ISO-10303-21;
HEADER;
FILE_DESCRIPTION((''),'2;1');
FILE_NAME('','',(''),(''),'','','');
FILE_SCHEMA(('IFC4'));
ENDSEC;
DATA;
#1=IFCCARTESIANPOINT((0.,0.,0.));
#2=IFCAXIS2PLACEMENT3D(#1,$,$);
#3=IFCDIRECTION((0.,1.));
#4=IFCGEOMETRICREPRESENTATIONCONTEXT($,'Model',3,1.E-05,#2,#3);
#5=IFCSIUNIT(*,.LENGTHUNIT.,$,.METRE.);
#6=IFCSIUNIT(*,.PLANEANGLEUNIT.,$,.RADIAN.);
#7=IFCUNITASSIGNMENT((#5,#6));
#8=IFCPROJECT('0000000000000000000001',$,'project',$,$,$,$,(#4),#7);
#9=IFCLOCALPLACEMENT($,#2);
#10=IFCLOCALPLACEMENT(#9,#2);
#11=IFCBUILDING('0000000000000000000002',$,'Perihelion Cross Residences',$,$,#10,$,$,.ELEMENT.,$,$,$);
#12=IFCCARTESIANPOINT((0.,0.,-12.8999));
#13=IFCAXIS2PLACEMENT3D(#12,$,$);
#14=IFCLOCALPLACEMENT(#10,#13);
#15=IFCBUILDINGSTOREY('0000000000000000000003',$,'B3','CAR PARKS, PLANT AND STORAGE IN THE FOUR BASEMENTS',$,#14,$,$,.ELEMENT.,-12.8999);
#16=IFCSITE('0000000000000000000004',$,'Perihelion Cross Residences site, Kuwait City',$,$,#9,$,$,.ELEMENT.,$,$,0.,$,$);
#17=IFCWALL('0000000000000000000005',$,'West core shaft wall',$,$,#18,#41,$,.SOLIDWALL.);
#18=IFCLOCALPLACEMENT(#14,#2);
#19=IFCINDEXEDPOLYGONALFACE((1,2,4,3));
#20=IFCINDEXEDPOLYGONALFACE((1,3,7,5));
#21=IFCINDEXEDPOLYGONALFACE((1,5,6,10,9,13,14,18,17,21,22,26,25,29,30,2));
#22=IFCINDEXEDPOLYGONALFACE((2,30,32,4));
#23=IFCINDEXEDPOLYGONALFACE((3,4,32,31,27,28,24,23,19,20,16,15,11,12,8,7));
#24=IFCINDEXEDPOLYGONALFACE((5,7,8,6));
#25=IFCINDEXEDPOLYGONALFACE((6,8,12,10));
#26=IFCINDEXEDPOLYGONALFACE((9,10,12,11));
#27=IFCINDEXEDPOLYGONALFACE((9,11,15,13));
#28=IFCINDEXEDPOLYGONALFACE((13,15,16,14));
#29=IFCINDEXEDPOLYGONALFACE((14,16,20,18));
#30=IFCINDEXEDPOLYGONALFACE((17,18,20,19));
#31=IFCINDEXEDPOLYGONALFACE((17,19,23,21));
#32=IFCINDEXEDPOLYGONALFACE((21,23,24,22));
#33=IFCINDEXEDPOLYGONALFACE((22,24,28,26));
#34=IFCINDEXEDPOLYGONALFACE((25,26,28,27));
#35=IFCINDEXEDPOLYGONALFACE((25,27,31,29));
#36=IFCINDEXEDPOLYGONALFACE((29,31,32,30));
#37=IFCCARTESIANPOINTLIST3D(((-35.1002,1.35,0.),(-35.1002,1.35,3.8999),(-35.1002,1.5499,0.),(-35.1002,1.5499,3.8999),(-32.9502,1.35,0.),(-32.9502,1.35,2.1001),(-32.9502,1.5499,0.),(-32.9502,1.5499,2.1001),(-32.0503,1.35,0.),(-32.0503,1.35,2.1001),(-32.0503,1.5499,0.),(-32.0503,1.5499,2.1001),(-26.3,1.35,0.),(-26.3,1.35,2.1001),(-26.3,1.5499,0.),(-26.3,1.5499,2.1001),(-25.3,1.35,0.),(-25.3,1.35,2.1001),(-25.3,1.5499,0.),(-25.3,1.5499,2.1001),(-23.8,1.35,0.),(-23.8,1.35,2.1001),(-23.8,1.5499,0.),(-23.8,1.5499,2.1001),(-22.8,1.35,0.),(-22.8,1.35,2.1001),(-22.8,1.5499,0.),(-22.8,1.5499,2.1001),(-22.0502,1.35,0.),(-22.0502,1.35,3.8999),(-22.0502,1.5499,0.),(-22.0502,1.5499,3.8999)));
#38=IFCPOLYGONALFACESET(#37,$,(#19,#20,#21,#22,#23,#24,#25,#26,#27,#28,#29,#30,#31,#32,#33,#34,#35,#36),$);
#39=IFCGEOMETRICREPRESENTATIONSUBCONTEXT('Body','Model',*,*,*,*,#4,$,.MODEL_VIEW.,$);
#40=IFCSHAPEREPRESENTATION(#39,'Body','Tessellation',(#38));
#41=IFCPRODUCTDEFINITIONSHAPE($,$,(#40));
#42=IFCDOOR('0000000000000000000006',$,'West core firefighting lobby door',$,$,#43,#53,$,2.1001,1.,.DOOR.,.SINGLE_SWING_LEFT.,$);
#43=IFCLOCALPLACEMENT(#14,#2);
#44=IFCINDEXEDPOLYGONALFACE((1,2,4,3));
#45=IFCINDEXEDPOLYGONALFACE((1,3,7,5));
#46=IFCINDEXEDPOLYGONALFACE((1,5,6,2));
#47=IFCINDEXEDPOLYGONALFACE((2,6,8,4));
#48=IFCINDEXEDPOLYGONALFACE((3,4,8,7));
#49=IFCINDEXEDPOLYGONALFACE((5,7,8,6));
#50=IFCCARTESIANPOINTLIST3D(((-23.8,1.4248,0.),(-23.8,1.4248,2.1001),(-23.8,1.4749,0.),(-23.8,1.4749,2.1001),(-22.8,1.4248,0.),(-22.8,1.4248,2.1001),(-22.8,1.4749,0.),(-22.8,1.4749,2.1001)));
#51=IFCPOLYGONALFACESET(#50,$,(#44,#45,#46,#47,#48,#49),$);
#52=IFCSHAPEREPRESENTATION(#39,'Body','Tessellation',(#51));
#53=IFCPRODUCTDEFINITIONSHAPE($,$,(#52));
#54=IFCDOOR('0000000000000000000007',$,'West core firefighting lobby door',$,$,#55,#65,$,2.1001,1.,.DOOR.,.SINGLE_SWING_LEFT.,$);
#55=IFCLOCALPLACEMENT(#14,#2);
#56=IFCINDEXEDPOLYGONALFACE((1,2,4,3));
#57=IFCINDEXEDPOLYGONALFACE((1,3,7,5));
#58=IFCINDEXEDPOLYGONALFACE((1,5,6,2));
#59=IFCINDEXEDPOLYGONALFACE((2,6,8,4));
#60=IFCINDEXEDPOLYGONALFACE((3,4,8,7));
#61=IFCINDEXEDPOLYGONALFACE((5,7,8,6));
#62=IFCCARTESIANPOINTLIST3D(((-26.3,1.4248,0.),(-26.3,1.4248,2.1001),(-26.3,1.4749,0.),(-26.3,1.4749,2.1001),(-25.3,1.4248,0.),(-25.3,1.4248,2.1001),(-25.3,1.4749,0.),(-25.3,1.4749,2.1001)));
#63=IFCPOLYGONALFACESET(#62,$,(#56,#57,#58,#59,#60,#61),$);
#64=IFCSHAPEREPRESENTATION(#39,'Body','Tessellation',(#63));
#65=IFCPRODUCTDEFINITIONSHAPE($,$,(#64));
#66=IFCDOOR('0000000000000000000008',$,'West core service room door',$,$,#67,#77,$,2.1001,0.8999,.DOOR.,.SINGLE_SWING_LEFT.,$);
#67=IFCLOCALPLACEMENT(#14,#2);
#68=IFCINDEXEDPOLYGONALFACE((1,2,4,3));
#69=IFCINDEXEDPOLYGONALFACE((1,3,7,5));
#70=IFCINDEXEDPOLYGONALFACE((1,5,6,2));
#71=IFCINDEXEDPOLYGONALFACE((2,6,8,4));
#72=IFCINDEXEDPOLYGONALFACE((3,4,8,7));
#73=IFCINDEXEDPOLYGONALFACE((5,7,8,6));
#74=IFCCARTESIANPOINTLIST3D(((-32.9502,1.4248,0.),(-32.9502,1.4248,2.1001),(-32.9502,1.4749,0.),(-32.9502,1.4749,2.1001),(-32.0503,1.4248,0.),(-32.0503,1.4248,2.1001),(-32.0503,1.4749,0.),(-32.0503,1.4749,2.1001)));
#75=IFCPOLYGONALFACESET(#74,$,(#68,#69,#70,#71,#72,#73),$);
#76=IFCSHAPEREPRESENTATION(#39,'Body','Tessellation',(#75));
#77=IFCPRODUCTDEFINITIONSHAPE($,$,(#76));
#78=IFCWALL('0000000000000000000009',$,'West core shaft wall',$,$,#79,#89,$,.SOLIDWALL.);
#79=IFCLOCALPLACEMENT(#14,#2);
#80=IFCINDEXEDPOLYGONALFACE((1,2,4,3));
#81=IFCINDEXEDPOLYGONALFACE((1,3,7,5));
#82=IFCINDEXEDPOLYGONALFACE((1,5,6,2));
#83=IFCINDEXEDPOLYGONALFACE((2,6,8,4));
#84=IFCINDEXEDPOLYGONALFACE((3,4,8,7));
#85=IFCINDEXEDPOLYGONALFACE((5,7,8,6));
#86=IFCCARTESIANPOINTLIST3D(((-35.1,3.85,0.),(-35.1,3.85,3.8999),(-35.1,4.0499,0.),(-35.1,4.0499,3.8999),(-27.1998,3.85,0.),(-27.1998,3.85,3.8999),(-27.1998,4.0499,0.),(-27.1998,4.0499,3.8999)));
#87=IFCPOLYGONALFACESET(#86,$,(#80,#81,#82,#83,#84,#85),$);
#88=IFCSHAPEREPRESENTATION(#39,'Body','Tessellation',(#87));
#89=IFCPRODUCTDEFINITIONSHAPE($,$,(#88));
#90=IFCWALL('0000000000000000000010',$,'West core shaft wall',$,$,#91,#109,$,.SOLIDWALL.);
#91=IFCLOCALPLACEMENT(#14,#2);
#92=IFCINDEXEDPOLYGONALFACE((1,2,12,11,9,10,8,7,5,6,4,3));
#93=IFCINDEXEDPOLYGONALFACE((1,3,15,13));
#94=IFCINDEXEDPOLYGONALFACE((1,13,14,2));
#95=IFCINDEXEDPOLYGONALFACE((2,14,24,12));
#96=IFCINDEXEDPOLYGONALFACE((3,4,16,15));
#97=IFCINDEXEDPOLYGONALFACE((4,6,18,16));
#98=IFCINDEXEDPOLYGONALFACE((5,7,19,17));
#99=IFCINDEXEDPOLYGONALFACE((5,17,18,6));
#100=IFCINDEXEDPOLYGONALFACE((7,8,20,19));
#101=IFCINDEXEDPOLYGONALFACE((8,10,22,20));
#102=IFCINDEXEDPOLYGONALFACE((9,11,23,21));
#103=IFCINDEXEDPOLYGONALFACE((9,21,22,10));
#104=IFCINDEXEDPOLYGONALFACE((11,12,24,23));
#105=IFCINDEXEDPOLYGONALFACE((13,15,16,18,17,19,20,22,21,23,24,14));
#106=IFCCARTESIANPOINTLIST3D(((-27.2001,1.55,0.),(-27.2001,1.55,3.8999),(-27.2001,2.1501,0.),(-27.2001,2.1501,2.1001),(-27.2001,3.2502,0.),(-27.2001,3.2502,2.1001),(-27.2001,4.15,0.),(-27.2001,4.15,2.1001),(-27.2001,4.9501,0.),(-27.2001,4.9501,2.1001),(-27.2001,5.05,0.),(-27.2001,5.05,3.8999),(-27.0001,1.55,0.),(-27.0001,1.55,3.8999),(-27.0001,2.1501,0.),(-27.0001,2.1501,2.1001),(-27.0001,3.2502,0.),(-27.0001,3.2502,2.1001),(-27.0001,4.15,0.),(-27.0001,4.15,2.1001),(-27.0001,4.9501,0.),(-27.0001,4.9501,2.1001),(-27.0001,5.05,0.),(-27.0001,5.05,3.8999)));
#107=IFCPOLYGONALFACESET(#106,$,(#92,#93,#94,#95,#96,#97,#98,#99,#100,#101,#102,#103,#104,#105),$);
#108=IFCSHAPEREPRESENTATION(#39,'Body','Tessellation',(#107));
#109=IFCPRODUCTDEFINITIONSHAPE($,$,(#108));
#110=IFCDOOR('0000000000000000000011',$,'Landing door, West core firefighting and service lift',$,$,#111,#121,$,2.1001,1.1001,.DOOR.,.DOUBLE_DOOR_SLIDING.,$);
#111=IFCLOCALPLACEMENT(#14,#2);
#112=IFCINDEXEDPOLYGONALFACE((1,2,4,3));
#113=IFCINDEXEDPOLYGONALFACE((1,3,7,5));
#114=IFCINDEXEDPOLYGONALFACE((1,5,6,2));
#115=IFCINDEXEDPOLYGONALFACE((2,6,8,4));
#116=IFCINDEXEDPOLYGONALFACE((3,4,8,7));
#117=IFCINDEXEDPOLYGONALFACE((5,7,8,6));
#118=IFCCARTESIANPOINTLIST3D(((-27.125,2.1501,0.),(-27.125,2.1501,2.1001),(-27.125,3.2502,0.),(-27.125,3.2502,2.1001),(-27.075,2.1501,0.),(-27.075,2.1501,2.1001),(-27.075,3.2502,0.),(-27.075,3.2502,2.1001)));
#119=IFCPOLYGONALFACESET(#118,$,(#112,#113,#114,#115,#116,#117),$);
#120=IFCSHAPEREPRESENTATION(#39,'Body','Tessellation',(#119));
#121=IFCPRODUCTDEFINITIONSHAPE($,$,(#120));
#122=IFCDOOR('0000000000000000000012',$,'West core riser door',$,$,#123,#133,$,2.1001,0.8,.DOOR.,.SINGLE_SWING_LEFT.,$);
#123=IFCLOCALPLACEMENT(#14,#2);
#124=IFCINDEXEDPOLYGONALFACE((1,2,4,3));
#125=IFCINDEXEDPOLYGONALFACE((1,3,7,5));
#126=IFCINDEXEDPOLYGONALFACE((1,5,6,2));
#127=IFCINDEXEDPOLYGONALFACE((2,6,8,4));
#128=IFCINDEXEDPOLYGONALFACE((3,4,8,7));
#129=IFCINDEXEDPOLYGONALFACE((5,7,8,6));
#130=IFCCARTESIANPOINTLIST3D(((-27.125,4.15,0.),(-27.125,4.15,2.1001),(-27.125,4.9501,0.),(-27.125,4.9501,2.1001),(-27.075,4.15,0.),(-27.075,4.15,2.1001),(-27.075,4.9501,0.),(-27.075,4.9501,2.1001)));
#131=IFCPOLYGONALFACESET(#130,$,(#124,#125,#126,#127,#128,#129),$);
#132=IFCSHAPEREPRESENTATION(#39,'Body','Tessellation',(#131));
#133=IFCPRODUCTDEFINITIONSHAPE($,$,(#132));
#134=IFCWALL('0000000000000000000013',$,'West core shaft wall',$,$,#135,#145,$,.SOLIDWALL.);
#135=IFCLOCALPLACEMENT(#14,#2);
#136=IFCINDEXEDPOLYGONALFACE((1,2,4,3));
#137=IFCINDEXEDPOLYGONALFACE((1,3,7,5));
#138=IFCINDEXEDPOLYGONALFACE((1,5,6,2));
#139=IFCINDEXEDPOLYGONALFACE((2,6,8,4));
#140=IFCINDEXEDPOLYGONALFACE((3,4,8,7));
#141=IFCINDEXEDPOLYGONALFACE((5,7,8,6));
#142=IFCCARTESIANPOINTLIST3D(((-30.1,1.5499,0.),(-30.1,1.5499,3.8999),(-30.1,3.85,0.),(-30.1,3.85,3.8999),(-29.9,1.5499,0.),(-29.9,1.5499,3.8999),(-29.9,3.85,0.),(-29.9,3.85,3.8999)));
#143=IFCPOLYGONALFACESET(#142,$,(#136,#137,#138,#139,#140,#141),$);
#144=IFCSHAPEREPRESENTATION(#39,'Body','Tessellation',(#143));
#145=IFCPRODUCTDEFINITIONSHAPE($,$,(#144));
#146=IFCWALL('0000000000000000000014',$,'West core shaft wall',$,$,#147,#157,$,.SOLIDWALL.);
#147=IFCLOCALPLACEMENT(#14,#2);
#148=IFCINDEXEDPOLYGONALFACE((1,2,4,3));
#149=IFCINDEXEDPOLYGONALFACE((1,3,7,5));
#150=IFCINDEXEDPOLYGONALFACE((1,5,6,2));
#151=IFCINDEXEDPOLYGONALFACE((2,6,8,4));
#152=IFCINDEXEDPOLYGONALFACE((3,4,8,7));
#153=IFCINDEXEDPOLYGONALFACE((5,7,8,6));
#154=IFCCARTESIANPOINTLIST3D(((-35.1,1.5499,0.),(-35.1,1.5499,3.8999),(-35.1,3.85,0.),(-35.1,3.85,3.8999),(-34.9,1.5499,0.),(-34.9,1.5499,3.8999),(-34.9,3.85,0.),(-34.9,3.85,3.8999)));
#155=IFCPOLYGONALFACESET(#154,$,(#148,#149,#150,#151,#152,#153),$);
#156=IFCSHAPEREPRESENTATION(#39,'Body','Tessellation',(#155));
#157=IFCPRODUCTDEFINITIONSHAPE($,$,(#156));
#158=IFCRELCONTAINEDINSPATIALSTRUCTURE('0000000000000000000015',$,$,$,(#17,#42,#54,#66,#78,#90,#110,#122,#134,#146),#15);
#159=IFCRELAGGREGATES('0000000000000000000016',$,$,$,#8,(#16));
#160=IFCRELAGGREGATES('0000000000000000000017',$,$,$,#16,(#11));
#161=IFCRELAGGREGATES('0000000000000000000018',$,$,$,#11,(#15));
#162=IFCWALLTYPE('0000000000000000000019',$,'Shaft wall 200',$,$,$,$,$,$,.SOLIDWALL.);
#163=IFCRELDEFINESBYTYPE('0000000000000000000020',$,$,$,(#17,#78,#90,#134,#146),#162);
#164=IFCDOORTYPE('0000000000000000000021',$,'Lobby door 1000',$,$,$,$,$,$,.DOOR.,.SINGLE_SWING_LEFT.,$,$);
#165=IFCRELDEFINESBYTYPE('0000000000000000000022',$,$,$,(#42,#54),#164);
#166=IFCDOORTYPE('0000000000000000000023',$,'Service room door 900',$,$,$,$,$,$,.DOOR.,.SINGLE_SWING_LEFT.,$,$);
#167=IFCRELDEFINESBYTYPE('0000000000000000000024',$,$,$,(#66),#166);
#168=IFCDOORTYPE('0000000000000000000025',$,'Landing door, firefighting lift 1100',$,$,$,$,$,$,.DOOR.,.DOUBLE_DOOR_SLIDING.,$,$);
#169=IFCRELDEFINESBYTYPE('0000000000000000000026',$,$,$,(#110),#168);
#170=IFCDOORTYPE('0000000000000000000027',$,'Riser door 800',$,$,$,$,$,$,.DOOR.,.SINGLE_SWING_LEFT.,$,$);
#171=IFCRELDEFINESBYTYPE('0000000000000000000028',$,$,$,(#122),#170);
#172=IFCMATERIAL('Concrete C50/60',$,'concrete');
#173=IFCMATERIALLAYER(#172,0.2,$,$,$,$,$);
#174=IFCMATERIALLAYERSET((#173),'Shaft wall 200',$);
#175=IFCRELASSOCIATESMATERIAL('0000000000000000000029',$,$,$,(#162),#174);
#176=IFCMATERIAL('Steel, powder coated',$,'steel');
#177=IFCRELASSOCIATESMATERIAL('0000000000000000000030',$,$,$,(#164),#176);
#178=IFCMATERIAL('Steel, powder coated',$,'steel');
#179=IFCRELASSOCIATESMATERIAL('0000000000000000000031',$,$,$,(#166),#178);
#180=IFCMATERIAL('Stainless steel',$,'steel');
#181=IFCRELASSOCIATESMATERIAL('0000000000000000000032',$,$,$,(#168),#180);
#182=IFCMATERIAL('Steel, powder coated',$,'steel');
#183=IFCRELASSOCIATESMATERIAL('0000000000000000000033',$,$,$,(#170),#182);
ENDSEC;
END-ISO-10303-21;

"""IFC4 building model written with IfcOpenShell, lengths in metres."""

from ifc_helpers import new_model, si_unit, direction, frame, frame_2d, origin, place, context, subcontext, project, spatial, rectangle, extrude, material, layer, layer_set, type_object, element, fill, save


model = new_model("IFC4")

# Units and contexts
model_context = context("Model", 3, precision=1e-05, world=origin(), true_north=direction((0.0, 1.0)))
body_context = subcontext(model_context, "Body", "Model", "MODEL_VIEW")
ifc_project = project(units=[si_unit("LENGTHUNIT", "METRE"), si_unit("PLANEANGLEUNIT", "RADIAN")], contexts=[model_context])

# Site, building, storey
site_placement = place(None, origin())
site = spatial("IfcSite", under=ifc_project, at=site_placement, Name="Perihelion Cross Residences site, Kuwait City", CompositionType="ELEMENT", RefElevation=0.0)
building_placement = place(site_placement, origin())
building = spatial("IfcBuilding", under=site, at=building_placement, Name="Perihelion Cross Residences", CompositionType="ELEMENT")
storey_placement = place(building_placement, frame((0.0, 0.0, -12.8999)))
storey = spatial("IfcBuildingStorey", under=building, at=storey_placement, Name="B3", Description="CAR PARKS, PLANT AND STORAGE IN THE FOUR BASEMENTS", CompositionType="ELEMENT", Elevation=-12.8999)

# Wall, openings, doors
ifc_material_1 = material(Name="Concrete C50/60", Category="concrete")
ifc_layer_1 = layer(ifc_material_1, 0.2)
ifc_layer_set_1 = layer_set([ifc_layer_1], Name="Shaft wall 200")
wall_type_1 = type_object("IfcWallType", Name="Shaft wall 200", PredefinedType="SOLIDWALL", material=ifc_layer_set_1)
wall_1_placement = place(storey_placement, frame((-35.1001, 1.45, 0.0), z_axis=(0.0, 0.0, 1.0), x_axis=(1.0, 0.0, 0.0)))
wall_1 = element("IfcWall", 1, at=wall_1_placement, inside=storey, type_object=wall_type_1, Name="West core shaft wall", PredefinedType="SOLIDWALL", context=body_context, shape_type="SweptSolid", body=[
    extrude(rectangle(XDim=13.05, YDim=0.2, at=frame_2d((6.5249, 0.0))), origin(), (0.0, 0.0, 1.0), 3.8999),
])
opening_1_placement = place(wall_1_placement, frame((11.3, 0.0, 0.0)))
opening_1 = element("IfcOpeningElement", 2, at=opening_1_placement, cuts=wall_1, PredefinedType="OPENING", context=body_context, shape_type="SweptSolid", body=[
    extrude(rectangle(XDim=1.0, YDim=2.1001, at=frame_2d((0.5, 1.05))), frame((0.0, 0.1099, 0.0), z_axis=(0.0, -1.0, 0.0), x_axis=(1.0, 0.0, 0.0)), (0.0, 0.0, 1.0), 0.22),
])
opening_2_placement = place(wall_1_placement, frame((8.8, 0.0, 0.0)))
opening_2 = element("IfcOpeningElement", 3, at=opening_2_placement, cuts=wall_1, PredefinedType="OPENING", context=body_context, shape_type="SweptSolid", body=[
    extrude(rectangle(XDim=1.0, YDim=2.1001, at=frame_2d((0.5, 1.05))), frame((0.0, 0.1099, 0.0), z_axis=(0.0, -1.0, 0.0), x_axis=(1.0, 0.0, 0.0)), (0.0, 0.0, 1.0), 0.22),
])
opening_3_placement = place(wall_1_placement, frame((2.1499, 0.0, 0.0)))
opening_3 = element("IfcOpeningElement", 4, at=opening_3_placement, cuts=wall_1, PredefinedType="OPENING", context=body_context, shape_type="SweptSolid", body=[
    extrude(rectangle(XDim=0.8999, YDim=2.1001, at=frame_2d((0.45, 1.05))), frame((0.0, 0.1099, 0.0), z_axis=(0.0, -1.0, 0.0), x_axis=(1.0, 0.0, 0.0)), (0.0, 0.0, 1.0), 0.22),
])
ifc_material_2 = material(Name="Steel, powder coated", Category="steel")
door_type_1 = type_object("IfcDoorType", Name="Lobby door 1000", OperationType="SINGLE_SWING_LEFT", PredefinedType="DOOR", material=ifc_material_2)
door_1_placement = place(opening_1_placement, origin())
door_1 = element("IfcDoor", 5, at=door_1_placement, inside=storey, type_object=door_type_1, Name="West core firefighting lobby door", OperationType="SINGLE_SWING_LEFT", OverallHeight=2.1001, OverallWidth=1.0, PredefinedType="DOOR", context=body_context, shape_type="SweptSolid", body=[
    extrude(rectangle(XDim=1.0, YDim=2.1001, at=frame_2d((0.5, 1.05))), frame((0.0, 0.0249, 0.0), z_axis=(0.0, -1.0, 0.0), x_axis=(1.0, 0.0, 0.0)), (0.0, 0.0, 1.0), 0.05),
])
fill(opening_1, door_1)
door_2_placement = place(opening_2_placement, origin())
door_2 = element("IfcDoor", 6, at=door_2_placement, inside=storey, type_object=door_type_1, Name="West core firefighting lobby door", OperationType="SINGLE_SWING_LEFT", OverallHeight=2.1001, OverallWidth=1.0, PredefinedType="DOOR", context=body_context, shape_type="SweptSolid", body=[
    extrude(rectangle(XDim=1.0, YDim=2.1001, at=frame_2d((0.5, 1.05))), frame((0.0, 0.0249, 0.0), z_axis=(0.0, -1.0, 0.0), x_axis=(1.0, 0.0, 0.0)), (0.0, 0.0, 1.0), 0.05),
])
fill(opening_2, door_2)
ifc_material_3 = material(Name="Steel, powder coated", Category="steel")
door_type_2 = type_object("IfcDoorType", Name="Service room door 900", OperationType="SINGLE_SWING_LEFT", PredefinedType="DOOR", material=ifc_material_3)
door_3_placement = place(opening_3_placement, origin())
door_3 = element("IfcDoor", 7, at=door_3_placement, inside=storey, type_object=door_type_2, Name="West core service room door", OperationType="SINGLE_SWING_LEFT", OverallHeight=2.1001, OverallWidth=0.8999, PredefinedType="DOOR", context=body_context, shape_type="SweptSolid", body=[
    extrude(rectangle(XDim=0.8999, YDim=2.1001, at=frame_2d((0.45, 1.05))), frame((0.0, 0.0249, 0.0), z_axis=(0.0, -1.0, 0.0), x_axis=(1.0, 0.0, 0.0)), (0.0, 0.0, 1.0), 0.05),
])
fill(opening_3, door_3)

# Wall
wall_2_placement = place(storey_placement, frame((-35.1001, 3.95, 0.0), z_axis=(0.0, 0.0, 1.0), x_axis=(1.0, 0.0, 0.0)))
element("IfcWall", 8, at=wall_2_placement, inside=storey, type_object=wall_type_1, Name="West core shaft wall", PredefinedType="SOLIDWALL", context=body_context, shape_type="SweptSolid", body=[
    extrude(rectangle(XDim=7.9001, YDim=0.2, at=frame_2d((3.9502, 0.0))), origin(), (0.0, 0.0, 1.0), 3.8999),
])

# Wall, openings, doors
wall_3_placement = place(storey_placement, frame((-27.1001, 1.55, 0.0), z_axis=(0.0, 0.0, 1.0), x_axis=(0.0, 1.0, 0.0)))
wall_3 = element("IfcWall", 9, at=wall_3_placement, inside=storey, type_object=wall_type_1, Name="West core shaft wall", PredefinedType="SOLIDWALL", context=body_context, shape_type="SweptSolid", body=[
    extrude(rectangle(XDim=3.5, YDim=0.2, at=frame_2d((1.75, 0.0))), origin(), (0.0, 0.0, 1.0), 3.8999),
])
opening_4_placement = place(wall_3_placement, frame((0.6001, 0.0, 0.0)))
opening_4 = element("IfcOpeningElement", 10, at=opening_4_placement, cuts=wall_3, PredefinedType="OPENING", context=body_context, shape_type="SweptSolid", body=[
    extrude(rectangle(XDim=1.1001, YDim=2.1001, at=frame_2d((0.55, 1.05))), frame((0.0, 0.1099, 0.0), z_axis=(0.0, -1.0, 0.0), x_axis=(1.0, 0.0, 0.0)), (0.0, 0.0, 1.0), 0.22),
])
opening_5_placement = place(wall_3_placement, frame((2.6001, 0.0, 0.0)))
opening_5 = element("IfcOpeningElement", 11, at=opening_5_placement, cuts=wall_3, PredefinedType="OPENING", context=body_context, shape_type="SweptSolid", body=[
    extrude(rectangle(XDim=0.8, YDim=2.1001, at=frame_2d((0.3999, 1.05))), frame((0.0, 0.1099, 0.0), z_axis=(0.0, -1.0, 0.0), x_axis=(1.0, 0.0, 0.0)), (0.0, 0.0, 1.0), 0.22),
])
ifc_material_4 = material(Name="Stainless steel", Category="steel")
door_type_3 = type_object("IfcDoorType", Name="Landing door, firefighting lift 1100", OperationType="DOUBLE_DOOR_SLIDING", PredefinedType="DOOR", material=ifc_material_4)
door_4_placement = place(opening_4_placement, origin())
door_4 = element("IfcDoor", 12, at=door_4_placement, inside=storey, type_object=door_type_3, Name="Landing door, West core firefighting and service lift", OperationType="DOUBLE_DOOR_SLIDING", OverallHeight=2.1001, OverallWidth=1.1001, PredefinedType="DOOR", context=body_context, shape_type="SweptSolid", body=[
    extrude(rectangle(XDim=1.1001, YDim=2.1001, at=frame_2d((0.55, 1.05))), frame((0.0, 0.0249, 0.0), z_axis=(0.0, -1.0, 0.0), x_axis=(1.0, 0.0, 0.0)), (0.0, 0.0, 1.0), 0.05),
])
fill(opening_4, door_4)
ifc_material_5 = material(Name="Steel, powder coated", Category="steel")
door_type_4 = type_object("IfcDoorType", Name="Riser door 800", OperationType="SINGLE_SWING_LEFT", PredefinedType="DOOR", material=ifc_material_5)
door_5_placement = place(opening_5_placement, origin())
door_5 = element("IfcDoor", 13, at=door_5_placement, inside=storey, type_object=door_type_4, Name="West core riser door", OperationType="SINGLE_SWING_LEFT", OverallHeight=2.1001, OverallWidth=0.8, PredefinedType="DOOR", context=body_context, shape_type="SweptSolid", body=[
    extrude(rectangle(XDim=0.8, YDim=2.1001, at=frame_2d((0.3999, 1.05))), frame((0.0, 0.0249, 0.0), z_axis=(0.0, -1.0, 0.0), x_axis=(1.0, 0.0, 0.0)), (0.0, 0.0, 1.0), 0.05),
])
fill(opening_5, door_5)

# Walls
for number, where, z_axis, x_axis, name in (
    (14, (-30.0, 1.55, 0.0), (0.0, 0.0, 1.0), (0.0, 1.0, 0.0), "West core shaft wall"),
    (15, (-35.0, 1.55, 0.0), (0.0, 0.0, 1.0), (0.0, 1.0, 0.0), "West core shaft wall"),
):
    element("IfcWall", number, at=place(storey_placement, frame(where, z_axis=z_axis, x_axis=x_axis)), inside=storey, type_object=wall_type_1, Name=name, PredefinedType="SOLIDWALL", context=body_context, shape_type="SweptSolid", body=[
        extrude(rectangle(XDim=2.3, YDim=0.2, at=frame_2d((1.1499, 0.0))), origin(), (0.0, 0.0, 1.0), 3.8999),
    ])

save(model, "model.ifc")
